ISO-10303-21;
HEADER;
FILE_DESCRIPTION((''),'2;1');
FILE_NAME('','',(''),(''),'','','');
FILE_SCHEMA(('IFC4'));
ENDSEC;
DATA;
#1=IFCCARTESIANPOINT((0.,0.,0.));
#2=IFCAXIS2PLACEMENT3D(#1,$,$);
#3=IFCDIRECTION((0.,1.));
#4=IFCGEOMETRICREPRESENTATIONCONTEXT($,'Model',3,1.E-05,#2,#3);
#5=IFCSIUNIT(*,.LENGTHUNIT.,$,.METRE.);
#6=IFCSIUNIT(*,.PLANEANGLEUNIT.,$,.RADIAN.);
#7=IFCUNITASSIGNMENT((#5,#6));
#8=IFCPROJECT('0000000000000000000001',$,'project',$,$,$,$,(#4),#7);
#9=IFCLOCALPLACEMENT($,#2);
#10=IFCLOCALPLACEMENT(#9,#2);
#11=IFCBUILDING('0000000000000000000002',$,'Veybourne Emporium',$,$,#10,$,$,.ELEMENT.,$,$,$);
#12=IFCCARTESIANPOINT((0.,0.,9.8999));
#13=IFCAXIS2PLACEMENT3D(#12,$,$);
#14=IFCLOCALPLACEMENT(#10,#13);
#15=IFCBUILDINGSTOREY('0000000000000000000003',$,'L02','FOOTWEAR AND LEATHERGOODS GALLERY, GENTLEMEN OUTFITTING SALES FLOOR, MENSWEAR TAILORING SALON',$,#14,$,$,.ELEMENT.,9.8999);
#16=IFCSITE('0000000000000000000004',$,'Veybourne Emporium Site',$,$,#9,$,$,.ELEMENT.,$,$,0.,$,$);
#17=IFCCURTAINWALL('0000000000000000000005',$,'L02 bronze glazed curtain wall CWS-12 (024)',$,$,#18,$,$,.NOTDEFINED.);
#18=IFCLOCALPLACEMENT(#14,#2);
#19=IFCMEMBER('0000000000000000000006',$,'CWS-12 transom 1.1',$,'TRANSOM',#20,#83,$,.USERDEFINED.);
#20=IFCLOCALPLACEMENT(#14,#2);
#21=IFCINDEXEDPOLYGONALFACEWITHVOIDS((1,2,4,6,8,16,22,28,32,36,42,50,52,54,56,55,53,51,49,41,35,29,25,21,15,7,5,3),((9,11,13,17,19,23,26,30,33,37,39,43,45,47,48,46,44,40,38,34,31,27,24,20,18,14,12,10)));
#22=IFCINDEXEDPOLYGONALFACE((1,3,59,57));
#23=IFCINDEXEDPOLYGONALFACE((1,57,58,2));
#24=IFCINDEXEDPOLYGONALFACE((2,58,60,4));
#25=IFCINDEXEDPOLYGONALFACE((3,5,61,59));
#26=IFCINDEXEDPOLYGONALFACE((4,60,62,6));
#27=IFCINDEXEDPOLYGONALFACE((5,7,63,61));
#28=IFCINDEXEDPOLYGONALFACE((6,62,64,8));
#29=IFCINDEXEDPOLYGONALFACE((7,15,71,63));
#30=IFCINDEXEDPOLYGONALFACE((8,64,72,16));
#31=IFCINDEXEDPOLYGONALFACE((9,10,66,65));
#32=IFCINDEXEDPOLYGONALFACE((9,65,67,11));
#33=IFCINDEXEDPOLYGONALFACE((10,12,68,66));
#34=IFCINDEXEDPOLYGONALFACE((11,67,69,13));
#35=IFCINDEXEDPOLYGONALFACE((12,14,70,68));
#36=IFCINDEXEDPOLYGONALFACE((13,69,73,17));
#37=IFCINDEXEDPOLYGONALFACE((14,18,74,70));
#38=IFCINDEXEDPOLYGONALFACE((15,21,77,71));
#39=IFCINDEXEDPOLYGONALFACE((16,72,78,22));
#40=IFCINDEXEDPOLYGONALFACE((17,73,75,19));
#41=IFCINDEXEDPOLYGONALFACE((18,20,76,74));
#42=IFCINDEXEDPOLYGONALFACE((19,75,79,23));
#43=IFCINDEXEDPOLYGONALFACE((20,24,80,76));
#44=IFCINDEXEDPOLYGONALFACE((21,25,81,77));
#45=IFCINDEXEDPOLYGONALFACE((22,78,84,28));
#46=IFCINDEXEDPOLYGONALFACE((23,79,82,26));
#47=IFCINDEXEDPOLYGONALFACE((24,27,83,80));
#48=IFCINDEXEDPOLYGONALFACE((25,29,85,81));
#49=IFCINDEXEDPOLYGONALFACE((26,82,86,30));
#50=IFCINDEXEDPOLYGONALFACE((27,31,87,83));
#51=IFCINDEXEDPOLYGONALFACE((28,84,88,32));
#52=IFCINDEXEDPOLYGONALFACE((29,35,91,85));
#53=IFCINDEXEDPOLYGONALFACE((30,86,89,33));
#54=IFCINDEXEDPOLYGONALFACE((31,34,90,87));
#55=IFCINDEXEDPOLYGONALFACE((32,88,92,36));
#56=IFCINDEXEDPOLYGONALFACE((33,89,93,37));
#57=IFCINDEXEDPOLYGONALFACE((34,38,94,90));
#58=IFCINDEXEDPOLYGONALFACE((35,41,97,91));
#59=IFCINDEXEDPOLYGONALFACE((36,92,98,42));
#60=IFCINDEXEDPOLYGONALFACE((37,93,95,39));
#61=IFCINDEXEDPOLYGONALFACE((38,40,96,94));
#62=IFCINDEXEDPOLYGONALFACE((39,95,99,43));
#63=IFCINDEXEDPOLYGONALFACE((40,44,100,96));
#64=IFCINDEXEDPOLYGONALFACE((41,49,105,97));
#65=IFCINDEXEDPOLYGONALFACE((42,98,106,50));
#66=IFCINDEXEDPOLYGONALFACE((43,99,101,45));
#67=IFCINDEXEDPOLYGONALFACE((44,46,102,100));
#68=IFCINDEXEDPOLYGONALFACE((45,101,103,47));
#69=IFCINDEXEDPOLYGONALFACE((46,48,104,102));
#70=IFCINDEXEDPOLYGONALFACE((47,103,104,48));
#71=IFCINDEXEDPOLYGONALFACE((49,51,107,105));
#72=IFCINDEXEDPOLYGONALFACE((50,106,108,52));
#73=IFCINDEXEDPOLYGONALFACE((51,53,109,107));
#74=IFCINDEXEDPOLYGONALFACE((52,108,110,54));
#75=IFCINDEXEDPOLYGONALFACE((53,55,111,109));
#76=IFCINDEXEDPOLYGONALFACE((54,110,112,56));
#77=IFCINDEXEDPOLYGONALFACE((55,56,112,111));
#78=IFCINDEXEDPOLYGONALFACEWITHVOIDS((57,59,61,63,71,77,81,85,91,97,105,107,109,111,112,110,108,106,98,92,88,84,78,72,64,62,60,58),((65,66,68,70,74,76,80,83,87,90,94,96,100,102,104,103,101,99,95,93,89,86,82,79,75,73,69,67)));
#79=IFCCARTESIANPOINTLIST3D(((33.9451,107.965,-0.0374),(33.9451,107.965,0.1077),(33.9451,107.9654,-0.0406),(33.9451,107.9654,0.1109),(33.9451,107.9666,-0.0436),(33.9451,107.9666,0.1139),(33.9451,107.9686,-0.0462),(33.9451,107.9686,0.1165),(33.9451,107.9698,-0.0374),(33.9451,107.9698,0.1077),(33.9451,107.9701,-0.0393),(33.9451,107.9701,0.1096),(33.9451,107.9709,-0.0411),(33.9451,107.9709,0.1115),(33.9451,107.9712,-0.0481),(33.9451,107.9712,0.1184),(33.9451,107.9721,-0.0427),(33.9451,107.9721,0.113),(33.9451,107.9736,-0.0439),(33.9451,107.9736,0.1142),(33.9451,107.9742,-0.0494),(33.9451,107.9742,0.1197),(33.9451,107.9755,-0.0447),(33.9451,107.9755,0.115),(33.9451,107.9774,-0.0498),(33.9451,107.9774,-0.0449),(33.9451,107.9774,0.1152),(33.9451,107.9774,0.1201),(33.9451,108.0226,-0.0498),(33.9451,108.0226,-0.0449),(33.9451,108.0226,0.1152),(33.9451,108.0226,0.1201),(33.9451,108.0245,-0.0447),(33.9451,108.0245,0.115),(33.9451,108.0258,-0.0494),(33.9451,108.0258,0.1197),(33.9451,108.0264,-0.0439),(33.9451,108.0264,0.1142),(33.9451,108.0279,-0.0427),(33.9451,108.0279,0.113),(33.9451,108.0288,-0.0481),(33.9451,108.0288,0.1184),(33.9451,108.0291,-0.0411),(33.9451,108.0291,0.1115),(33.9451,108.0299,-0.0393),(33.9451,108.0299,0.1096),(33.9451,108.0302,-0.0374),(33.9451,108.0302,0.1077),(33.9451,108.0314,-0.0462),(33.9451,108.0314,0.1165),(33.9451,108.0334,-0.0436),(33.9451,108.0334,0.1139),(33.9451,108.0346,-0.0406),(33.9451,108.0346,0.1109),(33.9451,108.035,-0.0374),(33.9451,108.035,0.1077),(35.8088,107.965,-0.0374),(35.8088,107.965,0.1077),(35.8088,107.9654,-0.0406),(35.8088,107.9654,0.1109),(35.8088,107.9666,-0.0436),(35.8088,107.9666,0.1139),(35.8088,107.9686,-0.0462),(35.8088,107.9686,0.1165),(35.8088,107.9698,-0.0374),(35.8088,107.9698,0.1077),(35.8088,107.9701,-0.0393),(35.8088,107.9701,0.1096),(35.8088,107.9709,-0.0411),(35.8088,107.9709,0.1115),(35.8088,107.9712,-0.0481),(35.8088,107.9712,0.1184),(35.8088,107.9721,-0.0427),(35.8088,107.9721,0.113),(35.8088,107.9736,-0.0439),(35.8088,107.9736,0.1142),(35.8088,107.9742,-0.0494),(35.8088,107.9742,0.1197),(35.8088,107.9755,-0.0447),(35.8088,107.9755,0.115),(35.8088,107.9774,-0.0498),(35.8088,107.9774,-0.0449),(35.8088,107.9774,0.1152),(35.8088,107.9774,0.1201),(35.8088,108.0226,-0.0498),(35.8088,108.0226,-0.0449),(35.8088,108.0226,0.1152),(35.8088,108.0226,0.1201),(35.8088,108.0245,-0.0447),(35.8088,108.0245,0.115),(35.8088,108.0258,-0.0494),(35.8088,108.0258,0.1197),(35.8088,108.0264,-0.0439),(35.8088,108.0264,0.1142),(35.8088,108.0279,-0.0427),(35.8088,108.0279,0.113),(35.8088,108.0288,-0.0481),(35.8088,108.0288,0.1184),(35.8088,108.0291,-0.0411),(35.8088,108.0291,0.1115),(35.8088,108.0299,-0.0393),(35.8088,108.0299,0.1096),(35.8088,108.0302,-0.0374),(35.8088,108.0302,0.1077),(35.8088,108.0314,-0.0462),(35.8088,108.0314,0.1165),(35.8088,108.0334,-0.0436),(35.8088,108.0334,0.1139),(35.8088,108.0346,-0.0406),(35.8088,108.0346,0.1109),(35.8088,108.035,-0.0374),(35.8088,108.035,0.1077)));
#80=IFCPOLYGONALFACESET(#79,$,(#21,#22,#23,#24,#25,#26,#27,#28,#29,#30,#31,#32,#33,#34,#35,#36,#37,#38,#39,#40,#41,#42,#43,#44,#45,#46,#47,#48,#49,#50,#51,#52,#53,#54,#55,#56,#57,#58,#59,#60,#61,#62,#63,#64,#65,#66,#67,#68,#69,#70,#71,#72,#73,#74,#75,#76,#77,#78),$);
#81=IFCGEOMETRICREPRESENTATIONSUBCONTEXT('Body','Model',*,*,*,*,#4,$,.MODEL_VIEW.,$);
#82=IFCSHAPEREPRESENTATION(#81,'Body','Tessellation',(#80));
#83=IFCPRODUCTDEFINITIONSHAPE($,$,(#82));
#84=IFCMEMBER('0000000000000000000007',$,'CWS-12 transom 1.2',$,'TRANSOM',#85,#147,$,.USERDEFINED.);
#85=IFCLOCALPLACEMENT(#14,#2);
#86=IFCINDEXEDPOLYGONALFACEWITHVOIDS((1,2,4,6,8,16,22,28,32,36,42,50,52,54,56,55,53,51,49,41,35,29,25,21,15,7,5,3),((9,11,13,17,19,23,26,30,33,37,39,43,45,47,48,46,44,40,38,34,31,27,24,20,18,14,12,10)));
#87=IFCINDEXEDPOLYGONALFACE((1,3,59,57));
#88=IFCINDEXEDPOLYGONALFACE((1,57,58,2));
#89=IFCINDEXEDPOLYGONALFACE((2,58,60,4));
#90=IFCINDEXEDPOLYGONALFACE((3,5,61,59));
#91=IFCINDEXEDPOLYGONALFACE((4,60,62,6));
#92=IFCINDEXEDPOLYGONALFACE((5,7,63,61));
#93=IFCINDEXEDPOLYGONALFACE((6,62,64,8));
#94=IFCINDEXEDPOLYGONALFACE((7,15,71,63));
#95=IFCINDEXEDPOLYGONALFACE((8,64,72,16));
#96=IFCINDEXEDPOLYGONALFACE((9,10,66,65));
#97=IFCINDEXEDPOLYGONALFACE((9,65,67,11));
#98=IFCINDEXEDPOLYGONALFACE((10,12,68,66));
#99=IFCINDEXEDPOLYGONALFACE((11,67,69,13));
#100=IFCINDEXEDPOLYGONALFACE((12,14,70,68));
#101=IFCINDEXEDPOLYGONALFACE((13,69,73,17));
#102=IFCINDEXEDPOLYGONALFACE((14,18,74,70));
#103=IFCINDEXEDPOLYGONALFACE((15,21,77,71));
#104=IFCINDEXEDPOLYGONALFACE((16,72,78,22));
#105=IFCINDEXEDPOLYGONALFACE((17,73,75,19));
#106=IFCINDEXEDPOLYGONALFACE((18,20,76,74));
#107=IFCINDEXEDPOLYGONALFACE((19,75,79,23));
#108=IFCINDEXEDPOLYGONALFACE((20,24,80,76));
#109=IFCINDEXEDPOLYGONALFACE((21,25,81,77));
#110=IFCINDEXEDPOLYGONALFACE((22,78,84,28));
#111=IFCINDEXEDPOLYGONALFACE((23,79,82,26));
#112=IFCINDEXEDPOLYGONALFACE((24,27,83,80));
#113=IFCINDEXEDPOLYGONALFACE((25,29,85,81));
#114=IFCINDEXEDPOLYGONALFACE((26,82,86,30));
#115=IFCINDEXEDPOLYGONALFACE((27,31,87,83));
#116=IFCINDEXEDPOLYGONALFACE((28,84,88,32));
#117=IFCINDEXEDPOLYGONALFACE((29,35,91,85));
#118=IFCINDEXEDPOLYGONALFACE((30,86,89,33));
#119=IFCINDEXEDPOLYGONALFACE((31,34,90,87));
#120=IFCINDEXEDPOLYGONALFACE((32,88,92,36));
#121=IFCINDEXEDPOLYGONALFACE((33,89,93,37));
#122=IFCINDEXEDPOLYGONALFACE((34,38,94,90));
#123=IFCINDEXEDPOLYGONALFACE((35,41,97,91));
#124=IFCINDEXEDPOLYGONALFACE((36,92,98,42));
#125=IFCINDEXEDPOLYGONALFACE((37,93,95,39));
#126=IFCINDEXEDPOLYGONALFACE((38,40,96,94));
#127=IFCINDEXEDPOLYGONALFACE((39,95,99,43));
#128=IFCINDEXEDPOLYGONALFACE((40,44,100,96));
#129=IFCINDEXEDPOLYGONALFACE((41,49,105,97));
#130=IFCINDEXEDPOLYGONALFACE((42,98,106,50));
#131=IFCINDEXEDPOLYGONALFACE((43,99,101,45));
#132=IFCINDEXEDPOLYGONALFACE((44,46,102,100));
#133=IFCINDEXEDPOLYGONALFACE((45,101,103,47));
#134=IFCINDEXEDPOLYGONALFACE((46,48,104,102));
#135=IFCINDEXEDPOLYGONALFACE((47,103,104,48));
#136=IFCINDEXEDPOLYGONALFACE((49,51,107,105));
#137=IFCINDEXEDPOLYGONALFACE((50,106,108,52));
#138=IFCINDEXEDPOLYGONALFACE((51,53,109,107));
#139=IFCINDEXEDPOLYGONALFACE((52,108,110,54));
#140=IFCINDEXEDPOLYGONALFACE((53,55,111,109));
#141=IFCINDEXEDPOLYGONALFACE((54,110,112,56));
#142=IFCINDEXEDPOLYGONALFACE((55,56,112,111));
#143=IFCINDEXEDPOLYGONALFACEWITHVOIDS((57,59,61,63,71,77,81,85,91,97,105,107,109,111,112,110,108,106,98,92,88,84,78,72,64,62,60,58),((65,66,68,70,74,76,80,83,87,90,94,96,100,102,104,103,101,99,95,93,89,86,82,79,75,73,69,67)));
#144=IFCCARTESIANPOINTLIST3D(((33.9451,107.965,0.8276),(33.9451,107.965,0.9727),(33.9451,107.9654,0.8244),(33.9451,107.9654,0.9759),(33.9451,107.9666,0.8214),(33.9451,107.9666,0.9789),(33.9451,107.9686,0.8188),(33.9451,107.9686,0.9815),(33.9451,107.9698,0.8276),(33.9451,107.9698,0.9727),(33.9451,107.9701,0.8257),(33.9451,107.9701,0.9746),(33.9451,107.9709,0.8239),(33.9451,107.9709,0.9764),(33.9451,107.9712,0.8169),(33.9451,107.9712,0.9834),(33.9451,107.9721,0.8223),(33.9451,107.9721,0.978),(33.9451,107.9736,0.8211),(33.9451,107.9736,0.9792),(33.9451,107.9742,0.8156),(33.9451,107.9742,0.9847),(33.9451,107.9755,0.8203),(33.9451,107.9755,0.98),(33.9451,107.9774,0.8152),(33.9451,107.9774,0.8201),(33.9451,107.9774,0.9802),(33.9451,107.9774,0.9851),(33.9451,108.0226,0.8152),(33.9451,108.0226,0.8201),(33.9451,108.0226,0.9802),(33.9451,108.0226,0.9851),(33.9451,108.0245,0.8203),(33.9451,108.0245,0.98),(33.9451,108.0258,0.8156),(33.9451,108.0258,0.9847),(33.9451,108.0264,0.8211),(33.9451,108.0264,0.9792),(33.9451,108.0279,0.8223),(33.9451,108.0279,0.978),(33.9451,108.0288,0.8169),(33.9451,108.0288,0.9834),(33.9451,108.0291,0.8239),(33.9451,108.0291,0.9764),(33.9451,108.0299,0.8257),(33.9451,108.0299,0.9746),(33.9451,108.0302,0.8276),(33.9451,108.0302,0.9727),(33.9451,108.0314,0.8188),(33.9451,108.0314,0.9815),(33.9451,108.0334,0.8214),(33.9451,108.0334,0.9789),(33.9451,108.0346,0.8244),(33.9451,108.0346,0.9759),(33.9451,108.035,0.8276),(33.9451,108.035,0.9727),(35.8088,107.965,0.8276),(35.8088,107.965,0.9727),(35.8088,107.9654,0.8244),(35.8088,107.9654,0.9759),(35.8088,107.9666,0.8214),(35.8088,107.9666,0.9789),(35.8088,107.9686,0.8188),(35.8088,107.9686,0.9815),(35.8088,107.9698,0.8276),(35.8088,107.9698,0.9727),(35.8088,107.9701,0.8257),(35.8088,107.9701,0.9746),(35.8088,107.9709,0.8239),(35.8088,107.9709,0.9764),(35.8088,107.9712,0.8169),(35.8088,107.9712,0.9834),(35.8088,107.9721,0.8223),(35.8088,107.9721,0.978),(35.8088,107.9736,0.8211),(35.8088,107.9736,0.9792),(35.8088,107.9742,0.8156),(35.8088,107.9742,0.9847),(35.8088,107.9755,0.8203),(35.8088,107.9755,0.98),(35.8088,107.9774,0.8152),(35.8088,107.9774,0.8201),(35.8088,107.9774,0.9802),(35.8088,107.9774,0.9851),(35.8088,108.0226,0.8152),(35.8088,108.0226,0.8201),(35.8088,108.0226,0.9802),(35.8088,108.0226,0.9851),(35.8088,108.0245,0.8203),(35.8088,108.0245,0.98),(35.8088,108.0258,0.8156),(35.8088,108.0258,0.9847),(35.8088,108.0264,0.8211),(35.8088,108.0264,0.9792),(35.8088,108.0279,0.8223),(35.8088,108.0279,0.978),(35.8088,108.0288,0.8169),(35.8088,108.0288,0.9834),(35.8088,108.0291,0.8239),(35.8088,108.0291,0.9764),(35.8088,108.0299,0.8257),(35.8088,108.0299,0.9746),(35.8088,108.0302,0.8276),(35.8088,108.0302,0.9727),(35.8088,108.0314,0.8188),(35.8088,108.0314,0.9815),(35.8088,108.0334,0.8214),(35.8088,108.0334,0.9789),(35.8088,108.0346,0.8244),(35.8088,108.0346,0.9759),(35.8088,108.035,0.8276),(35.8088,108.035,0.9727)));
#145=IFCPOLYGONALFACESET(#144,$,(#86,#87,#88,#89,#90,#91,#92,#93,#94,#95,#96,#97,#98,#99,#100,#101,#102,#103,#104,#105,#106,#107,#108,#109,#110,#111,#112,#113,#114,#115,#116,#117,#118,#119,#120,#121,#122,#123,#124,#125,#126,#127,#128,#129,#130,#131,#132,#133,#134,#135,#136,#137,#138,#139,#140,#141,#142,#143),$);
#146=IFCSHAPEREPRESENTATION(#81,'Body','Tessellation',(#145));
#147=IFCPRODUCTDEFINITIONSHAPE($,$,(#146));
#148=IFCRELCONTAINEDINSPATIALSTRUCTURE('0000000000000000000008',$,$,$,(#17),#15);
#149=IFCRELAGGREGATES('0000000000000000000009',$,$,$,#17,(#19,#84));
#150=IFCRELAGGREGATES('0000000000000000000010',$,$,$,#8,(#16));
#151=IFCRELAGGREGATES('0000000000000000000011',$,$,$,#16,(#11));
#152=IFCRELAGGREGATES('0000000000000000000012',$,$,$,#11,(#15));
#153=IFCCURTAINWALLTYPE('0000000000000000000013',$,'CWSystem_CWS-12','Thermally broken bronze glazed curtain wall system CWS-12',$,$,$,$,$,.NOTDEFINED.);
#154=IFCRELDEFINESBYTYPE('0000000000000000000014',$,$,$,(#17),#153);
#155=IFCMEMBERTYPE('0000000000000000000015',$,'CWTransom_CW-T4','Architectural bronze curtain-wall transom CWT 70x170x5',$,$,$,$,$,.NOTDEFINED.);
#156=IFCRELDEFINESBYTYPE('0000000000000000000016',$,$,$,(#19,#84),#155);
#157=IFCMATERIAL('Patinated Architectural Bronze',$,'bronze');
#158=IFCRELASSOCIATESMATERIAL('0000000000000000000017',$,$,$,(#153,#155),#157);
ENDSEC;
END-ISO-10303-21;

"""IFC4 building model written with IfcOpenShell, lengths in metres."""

from ifc_helpers import new_model, si_unit, direction, frame, origin, origin_2d, place, context, subcontext, project, spatial, hollow_rectangle, extrude, material, material_profile, profile_set, type_object, element, aggregate, save


model = new_model("IFC4")

# Units and contexts
model_context = context("Model", 3, precision=1e-05, world=origin(), true_north=direction((0.0, 1.0)))
body_context = subcontext(model_context, "Body", "Model", "MODEL_VIEW")
ifc_project = project(units=[si_unit("LENGTHUNIT", "METRE"), si_unit("PLANEANGLEUNIT", "RADIAN")], contexts=[model_context])

# Site, building, storey
site_placement = place(None, origin())
site = spatial("IfcSite", under=ifc_project, at=site_placement, Name="Veybourne Emporium Site", CompositionType="ELEMENT", RefElevation=0.0)
building_placement = place(site_placement, origin())
building = spatial("IfcBuilding", under=site, at=building_placement, Name="Veybourne Emporium", CompositionType="ELEMENT")
storey_placement = place(building_placement, frame((0.0, 0.0, 9.8999)))
storey = spatial("IfcBuildingStorey", under=building, at=storey_placement, Name="L02", Description="FOOTWEAR AND LEATHERGOODS GALLERY, GENTLEMEN OUTFITTING SALES FLOOR, MENSWEAR TAILORING SALON", CompositionType="ELEMENT", Elevation=9.8999)

# Curtain wall, members
ifc_material_1 = material(Name="Patinated Architectural Bronze", Category="bronze")
curtain_wall_type = type_object("IfcCurtainWallType", Name="CWSystem_CWS-12", Description="Thermally broken bronze glazed curtain wall system CWS-12", PredefinedType="NOTDEFINED", material=ifc_material_1)
curtain_wall_placement = place(storey_placement, origin())
curtain_wall = element("IfcCurtainWall", 1, at=curtain_wall_placement, inside=storey, type_object=curtain_wall_type, Name="L02 bronze glazed curtain wall CWS-12 (024)", PredefinedType="NOTDEFINED")
ifc_material_profile_1 = material_profile(ifc_material_1, hollow_rectangle(XDim=0.0701, YDim=0.1699, WallThickness=0.0049, InnerFilletRadius=0.0076, OuterFilletRadius=0.0125, at=origin_2d()), Name="CWT 70x170x5")
ifc_profile_set_1 = profile_set([ifc_material_profile_1], Name="Patinated Architectural Bronze")
member_type_1 = type_object("IfcMemberType", Name="CWTransom_CW-T4", Description="Architectural bronze curtain-wall transom CWT 70x170x5", PredefinedType="NOTDEFINED", material=ifc_profile_set_1)
member_1_placement = place(storey_placement, frame((33.9451, 108.0, 0.0352), z_axis=(1.0, 0.0, 0.0), x_axis=(0.0, 1.0, 0.0)))
member_1 = element("IfcMember", 2, at=member_1_placement, type_object=member_type_1, Name="CWS-12 transom 1.1", ObjectType="TRANSOM", PredefinedType="USERDEFINED", context=body_context, shape_type="SweptSolid", body=[
    extrude(hollow_rectangle(XDim=0.0701, YDim=0.1699, WallThickness=0.0049, InnerFilletRadius=0.0076, OuterFilletRadius=0.0125, at=origin_2d()), origin(), (0.0, 0.0, 1.0), 1.8638),
])
member_2_placement = place(storey_placement, frame((33.9451, 108.0, 0.9001), z_axis=(1.0, 0.0, 0.0), x_axis=(0.0, 1.0, 0.0)))
member_2 = element("IfcMember", 3, at=member_2_placement, type_object=member_type_1, Name="CWS-12 transom 1.2", ObjectType="TRANSOM", PredefinedType="USERDEFINED", context=body_context, shape_type="SweptSolid", body=[
    extrude(hollow_rectangle(XDim=0.0701, YDim=0.1699, WallThickness=0.0049, InnerFilletRadius=0.0076, OuterFilletRadius=0.0125, at=origin_2d()), origin(), (0.0, 0.0, 1.0), 1.8638),
])

aggregate(curtain_wall, [member_1, member_2])

save(model, "model.ifc")
